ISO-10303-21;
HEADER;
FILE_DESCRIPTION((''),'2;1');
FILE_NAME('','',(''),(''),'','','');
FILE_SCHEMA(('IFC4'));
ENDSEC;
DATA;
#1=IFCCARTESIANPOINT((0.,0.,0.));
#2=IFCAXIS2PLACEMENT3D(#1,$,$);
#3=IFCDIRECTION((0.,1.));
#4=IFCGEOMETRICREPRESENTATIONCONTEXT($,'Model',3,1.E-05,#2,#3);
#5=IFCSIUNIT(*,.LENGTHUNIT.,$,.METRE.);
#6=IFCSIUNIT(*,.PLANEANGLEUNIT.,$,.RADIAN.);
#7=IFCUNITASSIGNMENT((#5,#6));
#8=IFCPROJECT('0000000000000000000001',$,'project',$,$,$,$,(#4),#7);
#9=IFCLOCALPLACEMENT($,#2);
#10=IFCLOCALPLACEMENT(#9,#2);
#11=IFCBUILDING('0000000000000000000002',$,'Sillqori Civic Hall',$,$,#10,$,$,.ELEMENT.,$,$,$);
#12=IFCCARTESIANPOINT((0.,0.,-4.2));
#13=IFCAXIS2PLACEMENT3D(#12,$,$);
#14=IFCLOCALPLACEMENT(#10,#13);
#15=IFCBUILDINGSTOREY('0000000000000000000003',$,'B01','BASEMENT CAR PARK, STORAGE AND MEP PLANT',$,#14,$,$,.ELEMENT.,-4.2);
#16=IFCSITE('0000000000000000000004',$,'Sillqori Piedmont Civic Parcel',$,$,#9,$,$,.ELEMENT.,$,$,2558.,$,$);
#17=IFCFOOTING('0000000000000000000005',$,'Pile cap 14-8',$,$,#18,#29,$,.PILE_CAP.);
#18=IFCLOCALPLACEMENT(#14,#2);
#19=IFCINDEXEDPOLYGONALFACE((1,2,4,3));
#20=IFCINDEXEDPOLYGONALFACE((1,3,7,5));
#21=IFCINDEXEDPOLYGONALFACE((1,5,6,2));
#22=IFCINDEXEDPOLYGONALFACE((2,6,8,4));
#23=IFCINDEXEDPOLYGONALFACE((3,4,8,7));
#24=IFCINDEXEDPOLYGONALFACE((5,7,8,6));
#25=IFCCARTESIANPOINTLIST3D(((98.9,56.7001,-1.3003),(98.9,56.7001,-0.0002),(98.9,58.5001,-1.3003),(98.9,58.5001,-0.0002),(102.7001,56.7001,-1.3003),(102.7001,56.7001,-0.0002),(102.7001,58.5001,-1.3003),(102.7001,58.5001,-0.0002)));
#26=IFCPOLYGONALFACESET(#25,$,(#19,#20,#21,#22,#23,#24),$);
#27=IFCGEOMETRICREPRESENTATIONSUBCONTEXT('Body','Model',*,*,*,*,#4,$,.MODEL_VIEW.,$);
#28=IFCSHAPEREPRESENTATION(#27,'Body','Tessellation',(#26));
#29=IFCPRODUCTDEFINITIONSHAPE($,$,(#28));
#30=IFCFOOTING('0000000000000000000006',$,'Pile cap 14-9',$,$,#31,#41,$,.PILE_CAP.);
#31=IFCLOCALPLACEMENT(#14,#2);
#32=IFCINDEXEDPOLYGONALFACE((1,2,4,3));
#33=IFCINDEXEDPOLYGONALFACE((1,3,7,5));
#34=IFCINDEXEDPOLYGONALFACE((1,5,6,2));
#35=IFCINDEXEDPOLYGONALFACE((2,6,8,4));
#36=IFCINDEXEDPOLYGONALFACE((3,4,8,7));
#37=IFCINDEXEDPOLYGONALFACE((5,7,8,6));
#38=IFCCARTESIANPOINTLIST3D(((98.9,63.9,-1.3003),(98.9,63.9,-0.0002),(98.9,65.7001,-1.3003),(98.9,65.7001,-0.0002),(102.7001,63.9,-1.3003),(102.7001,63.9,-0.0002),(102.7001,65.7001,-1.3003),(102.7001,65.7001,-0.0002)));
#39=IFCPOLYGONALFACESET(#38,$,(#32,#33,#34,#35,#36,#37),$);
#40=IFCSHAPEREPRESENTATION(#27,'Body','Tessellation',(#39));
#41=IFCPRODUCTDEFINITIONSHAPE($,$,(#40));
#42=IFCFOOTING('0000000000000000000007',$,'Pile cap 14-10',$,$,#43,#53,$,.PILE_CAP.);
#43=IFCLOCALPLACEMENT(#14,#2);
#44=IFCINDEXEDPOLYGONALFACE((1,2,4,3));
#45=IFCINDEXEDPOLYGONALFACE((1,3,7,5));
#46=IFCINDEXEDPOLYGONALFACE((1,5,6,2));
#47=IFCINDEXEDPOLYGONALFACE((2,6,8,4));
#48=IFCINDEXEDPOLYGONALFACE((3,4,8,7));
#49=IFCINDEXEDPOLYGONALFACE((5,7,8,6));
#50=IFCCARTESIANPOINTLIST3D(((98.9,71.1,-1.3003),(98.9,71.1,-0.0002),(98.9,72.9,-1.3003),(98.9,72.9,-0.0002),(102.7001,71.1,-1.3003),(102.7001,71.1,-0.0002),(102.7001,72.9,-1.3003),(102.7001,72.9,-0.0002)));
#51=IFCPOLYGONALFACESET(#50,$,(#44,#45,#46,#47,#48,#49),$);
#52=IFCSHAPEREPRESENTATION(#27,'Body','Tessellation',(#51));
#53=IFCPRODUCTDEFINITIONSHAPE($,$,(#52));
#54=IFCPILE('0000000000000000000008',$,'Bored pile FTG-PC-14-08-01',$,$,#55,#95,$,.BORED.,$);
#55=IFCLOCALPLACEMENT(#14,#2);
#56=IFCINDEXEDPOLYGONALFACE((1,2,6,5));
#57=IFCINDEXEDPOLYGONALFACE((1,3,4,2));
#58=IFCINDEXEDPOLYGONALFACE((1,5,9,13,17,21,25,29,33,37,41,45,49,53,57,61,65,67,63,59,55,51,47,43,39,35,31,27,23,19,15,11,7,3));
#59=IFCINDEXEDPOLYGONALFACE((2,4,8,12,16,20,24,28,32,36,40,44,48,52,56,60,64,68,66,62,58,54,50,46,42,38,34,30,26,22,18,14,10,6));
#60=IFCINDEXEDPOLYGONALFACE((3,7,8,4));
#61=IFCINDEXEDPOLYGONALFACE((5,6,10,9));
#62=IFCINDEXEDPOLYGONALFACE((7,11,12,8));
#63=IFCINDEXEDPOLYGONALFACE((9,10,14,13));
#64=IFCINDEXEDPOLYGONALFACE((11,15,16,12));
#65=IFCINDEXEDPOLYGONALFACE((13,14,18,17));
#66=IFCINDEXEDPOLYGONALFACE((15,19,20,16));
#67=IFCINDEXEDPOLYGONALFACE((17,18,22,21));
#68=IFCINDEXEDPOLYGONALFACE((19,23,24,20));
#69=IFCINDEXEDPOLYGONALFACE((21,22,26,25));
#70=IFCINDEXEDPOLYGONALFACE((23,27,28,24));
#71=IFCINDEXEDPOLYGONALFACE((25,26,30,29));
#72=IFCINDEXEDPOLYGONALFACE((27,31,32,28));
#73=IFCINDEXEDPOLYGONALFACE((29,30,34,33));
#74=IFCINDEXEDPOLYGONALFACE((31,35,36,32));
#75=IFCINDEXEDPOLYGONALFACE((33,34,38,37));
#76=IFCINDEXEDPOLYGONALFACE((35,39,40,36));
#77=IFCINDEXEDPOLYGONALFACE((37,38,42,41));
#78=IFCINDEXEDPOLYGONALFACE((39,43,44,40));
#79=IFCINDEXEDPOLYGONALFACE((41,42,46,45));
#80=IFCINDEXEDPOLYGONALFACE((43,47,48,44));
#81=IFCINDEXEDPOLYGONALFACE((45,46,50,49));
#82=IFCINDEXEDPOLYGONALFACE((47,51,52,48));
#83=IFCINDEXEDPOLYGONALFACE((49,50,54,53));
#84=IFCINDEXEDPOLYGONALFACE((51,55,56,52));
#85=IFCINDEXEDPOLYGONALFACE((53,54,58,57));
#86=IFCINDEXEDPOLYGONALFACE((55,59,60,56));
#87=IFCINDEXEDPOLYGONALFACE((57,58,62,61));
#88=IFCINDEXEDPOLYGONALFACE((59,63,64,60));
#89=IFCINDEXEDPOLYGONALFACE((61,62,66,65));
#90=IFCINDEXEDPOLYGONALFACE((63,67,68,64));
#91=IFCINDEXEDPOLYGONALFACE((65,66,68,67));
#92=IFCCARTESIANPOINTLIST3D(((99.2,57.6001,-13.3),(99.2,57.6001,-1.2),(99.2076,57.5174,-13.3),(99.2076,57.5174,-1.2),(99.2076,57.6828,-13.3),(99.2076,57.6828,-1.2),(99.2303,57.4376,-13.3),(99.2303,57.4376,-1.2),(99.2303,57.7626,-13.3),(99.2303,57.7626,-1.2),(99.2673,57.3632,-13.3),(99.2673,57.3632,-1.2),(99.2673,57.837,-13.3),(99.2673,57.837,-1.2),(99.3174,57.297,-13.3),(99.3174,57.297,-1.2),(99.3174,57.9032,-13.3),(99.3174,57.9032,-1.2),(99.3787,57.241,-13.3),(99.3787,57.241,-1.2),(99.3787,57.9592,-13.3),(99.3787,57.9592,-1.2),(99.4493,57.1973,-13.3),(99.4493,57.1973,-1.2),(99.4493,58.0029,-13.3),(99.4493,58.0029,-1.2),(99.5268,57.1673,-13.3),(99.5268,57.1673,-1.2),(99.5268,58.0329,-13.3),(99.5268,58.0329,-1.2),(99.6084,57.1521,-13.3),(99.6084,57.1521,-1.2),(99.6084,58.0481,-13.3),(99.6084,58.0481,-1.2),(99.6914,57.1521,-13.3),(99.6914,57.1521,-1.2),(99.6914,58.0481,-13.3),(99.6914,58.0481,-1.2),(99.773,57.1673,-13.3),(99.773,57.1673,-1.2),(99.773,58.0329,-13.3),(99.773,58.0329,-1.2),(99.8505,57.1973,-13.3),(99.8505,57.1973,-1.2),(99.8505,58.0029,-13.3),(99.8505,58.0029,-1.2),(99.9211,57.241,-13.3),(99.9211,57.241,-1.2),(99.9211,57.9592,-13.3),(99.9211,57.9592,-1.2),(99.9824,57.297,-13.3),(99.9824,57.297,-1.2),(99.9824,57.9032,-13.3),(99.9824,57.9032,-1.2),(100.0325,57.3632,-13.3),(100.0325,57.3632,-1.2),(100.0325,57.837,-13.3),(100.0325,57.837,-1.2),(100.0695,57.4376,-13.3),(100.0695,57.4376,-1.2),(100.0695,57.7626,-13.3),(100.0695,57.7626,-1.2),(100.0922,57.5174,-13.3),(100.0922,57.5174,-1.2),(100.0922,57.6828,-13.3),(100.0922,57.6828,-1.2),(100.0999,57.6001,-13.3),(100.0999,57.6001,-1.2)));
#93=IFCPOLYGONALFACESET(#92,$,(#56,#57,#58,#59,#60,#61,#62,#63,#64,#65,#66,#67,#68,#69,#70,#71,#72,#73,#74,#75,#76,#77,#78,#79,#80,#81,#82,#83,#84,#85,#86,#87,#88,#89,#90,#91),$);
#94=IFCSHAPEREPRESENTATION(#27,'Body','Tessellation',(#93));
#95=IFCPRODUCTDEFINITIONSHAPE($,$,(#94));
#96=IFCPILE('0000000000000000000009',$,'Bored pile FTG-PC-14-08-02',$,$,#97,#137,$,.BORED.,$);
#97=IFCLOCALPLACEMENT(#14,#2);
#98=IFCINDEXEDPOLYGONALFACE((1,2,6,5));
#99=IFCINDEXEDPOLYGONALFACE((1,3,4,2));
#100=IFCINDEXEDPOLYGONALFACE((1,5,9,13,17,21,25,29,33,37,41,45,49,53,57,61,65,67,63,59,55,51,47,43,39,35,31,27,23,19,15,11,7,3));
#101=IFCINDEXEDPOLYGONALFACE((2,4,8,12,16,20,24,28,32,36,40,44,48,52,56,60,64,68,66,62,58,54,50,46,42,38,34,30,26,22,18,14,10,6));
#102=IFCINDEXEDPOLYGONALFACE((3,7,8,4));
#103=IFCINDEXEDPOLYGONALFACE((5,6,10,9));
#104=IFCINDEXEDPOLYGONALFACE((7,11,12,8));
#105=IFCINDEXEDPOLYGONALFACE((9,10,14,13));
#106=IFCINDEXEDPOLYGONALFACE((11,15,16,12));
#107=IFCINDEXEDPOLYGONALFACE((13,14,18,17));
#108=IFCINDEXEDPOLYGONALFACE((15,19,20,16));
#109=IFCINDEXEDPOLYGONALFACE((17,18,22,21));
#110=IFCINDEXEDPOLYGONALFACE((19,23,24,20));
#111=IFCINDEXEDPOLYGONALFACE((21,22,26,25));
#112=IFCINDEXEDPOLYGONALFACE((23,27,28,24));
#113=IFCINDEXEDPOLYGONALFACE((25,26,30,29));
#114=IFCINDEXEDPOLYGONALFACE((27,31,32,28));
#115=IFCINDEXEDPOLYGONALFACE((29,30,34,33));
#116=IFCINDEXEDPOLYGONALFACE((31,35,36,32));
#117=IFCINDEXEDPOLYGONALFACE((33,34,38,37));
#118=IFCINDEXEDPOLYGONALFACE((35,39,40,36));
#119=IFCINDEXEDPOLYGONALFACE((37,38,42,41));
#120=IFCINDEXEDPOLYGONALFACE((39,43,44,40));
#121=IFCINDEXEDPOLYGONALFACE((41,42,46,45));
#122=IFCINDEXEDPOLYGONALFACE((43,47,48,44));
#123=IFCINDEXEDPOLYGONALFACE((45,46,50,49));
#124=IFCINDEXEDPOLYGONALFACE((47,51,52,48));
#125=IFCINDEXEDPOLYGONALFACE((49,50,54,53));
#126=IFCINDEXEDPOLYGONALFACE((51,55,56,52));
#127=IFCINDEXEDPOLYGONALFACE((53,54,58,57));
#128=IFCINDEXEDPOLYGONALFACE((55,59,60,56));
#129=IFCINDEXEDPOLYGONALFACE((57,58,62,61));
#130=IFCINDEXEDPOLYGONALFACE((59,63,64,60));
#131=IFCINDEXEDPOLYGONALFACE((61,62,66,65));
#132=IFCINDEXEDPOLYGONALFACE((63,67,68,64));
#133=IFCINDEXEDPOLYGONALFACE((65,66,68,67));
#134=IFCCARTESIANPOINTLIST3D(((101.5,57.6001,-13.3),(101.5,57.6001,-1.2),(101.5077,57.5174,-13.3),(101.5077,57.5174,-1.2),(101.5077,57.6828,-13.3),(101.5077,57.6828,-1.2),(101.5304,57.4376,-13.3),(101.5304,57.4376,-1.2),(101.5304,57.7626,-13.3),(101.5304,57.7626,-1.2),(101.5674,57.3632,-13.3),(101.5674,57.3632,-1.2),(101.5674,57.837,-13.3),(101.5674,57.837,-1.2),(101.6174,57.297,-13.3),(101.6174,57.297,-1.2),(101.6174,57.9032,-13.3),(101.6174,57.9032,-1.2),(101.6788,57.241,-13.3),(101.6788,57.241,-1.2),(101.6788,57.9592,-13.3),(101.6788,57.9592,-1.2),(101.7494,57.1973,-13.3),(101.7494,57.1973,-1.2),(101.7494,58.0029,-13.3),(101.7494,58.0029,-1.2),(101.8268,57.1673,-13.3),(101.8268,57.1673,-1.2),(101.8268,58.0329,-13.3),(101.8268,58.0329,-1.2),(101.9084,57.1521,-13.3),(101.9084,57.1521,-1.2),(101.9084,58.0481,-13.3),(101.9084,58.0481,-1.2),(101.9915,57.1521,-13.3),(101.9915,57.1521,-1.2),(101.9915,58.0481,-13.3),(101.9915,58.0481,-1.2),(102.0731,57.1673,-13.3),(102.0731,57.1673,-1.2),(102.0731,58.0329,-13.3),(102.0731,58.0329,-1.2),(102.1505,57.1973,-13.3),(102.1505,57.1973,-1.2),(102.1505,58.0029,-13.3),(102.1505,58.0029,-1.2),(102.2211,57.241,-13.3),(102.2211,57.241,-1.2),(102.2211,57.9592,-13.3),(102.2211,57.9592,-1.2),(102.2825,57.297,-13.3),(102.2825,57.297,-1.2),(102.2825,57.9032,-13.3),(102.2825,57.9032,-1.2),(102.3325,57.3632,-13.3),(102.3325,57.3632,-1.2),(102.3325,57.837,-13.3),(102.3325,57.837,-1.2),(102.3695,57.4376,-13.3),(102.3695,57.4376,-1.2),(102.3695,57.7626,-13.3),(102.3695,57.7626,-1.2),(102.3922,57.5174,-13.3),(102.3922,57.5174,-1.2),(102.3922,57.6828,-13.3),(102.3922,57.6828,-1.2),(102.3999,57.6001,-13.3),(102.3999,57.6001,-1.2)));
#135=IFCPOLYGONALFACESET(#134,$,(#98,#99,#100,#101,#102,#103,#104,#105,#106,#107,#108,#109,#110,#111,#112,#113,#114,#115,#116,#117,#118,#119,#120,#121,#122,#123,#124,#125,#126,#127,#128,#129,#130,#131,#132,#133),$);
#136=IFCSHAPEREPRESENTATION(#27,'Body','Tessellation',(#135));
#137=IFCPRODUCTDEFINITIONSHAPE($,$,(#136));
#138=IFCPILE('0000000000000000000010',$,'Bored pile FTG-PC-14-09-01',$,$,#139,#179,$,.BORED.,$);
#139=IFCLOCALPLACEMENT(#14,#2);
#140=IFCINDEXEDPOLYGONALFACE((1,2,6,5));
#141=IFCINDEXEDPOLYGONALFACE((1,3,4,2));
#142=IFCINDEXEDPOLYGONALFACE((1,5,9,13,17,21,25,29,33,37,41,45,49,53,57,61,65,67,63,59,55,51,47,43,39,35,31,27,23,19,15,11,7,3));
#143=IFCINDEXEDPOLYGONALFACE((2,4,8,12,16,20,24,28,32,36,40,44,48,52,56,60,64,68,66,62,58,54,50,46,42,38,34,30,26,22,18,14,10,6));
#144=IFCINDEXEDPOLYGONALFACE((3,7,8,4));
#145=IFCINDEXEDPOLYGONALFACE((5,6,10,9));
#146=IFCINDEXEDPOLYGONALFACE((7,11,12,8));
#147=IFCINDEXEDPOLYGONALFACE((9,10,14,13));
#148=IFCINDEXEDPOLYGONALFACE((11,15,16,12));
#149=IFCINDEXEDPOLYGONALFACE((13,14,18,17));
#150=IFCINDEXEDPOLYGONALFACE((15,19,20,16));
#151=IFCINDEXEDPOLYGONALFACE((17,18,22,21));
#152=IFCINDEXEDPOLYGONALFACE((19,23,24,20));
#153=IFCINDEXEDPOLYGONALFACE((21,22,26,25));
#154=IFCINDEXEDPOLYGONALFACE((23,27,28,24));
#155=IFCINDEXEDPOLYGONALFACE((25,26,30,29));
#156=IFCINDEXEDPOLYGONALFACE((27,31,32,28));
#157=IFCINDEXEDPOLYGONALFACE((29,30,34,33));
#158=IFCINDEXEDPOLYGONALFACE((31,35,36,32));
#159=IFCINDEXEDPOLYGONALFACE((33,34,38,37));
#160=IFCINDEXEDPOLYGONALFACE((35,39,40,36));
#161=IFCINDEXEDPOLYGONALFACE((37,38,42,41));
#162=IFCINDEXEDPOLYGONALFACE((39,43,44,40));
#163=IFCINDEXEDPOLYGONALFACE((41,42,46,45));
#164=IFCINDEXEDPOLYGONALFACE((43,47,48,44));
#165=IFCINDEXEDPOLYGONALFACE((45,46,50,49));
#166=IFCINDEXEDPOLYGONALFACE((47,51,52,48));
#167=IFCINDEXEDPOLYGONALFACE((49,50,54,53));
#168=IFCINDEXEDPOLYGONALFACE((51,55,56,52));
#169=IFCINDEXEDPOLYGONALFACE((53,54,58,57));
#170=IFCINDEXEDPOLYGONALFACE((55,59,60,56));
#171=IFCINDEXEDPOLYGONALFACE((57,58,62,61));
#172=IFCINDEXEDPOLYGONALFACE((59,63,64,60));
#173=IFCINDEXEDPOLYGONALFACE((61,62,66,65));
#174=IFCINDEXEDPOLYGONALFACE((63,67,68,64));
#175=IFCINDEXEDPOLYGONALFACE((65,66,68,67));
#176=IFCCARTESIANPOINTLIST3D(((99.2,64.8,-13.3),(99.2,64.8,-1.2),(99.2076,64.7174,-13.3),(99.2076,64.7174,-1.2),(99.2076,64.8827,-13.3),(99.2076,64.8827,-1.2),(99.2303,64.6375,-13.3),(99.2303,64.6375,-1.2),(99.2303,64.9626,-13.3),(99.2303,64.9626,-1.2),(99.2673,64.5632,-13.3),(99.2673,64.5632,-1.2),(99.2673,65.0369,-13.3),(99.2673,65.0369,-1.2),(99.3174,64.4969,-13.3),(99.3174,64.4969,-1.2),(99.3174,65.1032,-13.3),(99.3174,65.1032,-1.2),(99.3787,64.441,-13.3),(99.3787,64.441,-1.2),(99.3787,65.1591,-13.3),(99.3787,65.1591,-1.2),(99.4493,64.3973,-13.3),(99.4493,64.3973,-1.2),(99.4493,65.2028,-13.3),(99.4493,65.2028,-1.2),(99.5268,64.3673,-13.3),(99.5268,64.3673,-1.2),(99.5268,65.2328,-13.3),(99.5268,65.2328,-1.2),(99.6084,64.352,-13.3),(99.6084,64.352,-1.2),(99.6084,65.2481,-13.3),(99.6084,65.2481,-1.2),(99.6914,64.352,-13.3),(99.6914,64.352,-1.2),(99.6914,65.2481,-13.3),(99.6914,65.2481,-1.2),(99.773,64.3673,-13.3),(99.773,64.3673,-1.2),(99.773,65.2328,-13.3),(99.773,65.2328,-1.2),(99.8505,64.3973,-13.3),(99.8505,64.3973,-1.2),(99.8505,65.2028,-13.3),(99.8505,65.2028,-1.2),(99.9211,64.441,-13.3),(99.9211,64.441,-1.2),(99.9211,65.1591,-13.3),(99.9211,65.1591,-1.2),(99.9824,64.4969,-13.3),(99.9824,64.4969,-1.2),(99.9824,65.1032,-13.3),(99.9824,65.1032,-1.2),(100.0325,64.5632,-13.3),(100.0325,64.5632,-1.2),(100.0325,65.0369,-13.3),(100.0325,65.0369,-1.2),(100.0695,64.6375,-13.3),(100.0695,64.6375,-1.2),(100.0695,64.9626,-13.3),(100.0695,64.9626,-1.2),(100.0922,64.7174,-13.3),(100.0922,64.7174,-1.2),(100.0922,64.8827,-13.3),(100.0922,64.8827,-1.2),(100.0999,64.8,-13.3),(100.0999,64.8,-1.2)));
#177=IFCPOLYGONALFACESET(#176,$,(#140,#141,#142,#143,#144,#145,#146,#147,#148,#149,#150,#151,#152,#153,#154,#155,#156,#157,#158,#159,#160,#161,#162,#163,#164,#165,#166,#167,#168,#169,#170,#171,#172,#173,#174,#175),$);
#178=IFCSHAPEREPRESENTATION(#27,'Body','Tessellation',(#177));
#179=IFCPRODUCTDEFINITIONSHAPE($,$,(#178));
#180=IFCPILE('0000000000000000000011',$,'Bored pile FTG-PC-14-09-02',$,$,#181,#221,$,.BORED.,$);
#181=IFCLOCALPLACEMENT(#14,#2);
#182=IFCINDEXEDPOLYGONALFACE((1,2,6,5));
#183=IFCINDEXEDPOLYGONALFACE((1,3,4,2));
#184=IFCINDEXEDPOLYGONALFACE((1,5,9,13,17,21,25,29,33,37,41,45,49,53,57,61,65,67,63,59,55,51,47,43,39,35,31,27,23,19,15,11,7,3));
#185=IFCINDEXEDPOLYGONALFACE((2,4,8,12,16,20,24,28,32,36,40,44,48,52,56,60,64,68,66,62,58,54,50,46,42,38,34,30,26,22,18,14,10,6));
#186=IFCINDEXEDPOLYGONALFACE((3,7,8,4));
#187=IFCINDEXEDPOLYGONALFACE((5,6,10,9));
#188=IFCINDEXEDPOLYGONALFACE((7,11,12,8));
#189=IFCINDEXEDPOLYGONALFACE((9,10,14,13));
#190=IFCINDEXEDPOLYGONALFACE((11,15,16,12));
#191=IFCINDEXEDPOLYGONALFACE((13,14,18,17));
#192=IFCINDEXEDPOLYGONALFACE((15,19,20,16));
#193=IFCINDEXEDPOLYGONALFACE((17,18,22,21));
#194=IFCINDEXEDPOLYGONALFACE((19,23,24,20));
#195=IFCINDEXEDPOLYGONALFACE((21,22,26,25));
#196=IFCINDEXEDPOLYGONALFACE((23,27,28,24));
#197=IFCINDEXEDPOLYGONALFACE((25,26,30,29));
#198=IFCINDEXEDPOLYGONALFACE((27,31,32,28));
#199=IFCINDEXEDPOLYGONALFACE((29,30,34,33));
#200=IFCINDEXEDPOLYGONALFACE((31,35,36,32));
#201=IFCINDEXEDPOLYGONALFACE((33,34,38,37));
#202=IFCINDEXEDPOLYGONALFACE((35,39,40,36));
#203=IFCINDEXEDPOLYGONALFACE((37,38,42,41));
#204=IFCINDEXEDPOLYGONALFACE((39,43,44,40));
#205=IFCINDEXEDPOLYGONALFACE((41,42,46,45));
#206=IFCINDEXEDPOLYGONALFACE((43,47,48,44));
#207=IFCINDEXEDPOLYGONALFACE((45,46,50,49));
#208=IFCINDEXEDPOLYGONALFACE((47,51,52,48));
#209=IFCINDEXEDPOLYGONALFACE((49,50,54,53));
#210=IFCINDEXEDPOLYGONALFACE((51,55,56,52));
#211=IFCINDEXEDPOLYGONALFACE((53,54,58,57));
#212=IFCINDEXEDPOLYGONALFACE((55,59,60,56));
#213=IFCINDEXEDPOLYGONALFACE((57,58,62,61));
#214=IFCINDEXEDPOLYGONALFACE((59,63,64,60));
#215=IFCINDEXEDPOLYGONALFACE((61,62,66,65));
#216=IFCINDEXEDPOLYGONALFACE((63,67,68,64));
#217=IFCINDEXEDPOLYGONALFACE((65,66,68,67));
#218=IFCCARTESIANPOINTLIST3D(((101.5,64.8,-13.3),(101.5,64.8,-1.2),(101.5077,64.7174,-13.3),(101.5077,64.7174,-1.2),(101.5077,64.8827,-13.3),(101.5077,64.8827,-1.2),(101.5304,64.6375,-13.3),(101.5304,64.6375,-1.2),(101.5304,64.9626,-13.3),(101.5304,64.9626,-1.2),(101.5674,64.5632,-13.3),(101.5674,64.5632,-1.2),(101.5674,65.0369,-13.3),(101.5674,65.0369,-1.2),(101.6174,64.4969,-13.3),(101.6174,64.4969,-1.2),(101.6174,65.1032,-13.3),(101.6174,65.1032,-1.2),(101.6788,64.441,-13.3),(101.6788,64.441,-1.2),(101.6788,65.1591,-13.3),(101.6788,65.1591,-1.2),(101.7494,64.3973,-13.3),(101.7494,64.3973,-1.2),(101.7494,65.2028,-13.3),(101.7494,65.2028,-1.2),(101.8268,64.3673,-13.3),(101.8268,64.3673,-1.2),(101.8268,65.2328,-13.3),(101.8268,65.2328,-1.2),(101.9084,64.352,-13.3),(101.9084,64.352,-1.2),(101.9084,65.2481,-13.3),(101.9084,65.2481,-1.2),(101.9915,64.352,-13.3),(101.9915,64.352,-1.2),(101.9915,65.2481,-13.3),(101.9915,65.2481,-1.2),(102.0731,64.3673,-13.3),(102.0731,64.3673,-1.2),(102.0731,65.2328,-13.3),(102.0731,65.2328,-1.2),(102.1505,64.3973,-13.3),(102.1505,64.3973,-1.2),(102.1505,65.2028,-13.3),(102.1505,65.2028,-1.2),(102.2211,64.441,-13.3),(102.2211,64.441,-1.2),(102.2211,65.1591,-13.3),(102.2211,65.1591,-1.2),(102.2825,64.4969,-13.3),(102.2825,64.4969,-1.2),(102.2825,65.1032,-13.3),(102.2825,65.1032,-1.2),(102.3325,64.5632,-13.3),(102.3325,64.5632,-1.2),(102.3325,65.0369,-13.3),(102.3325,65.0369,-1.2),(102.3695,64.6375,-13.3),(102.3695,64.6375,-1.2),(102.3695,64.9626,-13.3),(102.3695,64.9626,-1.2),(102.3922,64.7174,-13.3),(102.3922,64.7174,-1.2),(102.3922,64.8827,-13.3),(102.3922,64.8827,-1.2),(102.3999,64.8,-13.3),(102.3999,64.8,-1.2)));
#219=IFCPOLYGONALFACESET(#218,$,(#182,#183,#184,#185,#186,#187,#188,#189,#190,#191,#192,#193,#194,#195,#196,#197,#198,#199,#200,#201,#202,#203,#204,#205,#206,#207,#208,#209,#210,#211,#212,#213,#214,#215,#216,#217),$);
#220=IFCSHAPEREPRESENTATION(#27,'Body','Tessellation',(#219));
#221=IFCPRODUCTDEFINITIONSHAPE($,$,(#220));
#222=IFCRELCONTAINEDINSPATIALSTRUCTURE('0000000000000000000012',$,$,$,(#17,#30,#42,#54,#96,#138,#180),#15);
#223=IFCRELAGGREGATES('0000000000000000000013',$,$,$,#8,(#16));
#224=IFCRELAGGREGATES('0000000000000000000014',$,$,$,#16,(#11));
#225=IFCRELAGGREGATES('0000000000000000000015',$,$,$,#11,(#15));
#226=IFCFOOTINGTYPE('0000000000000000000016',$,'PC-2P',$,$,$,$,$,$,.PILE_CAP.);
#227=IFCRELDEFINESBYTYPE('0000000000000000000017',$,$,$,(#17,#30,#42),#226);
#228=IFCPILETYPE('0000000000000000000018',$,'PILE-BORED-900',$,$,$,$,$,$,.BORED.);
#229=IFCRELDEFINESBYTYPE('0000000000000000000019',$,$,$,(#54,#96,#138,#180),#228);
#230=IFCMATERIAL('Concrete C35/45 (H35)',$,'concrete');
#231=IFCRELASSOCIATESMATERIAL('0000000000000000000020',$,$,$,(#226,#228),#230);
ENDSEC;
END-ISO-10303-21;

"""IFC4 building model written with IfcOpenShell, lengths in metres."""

from ifc_helpers import new_model, si_unit, direction, frame, origin, origin_2d, place, context, subcontext, project, spatial, rectangle, circle, extrude, material, material_profile, profile_set, type_object, element, save


model = new_model("IFC4")

# Units and contexts
model_context = context("Model", 3, precision=1e-05, world=origin(), true_north=direction((0.0, 1.0)))
body_context = subcontext(model_context, "Body", "Model", "MODEL_VIEW")
ifc_project = project(units=[si_unit("LENGTHUNIT", "METRE"), si_unit("PLANEANGLEUNIT", "RADIAN")], contexts=[model_context])

# Site, building, storey
site_placement = place(None, origin())
site = spatial("IfcSite", under=ifc_project, at=site_placement, Name="Sillqori Piedmont Civic Parcel", CompositionType="ELEMENT", RefElevation=2558.0)
building_placement = place(site_placement, origin())
building = spatial("IfcBuilding", under=site, at=building_placement, Name="Sillqori Civic Hall", CompositionType="ELEMENT")
storey_placement = place(building_placement, frame((0.0, 0.0, -4.2)))
storey = spatial("IfcBuildingStorey", under=building, at=storey_placement, Name="B01", Description="BASEMENT CAR PARK, STORAGE AND MEP PLANT", CompositionType="ELEMENT", Elevation=-4.2)

# Footings
ifc_material_1 = material(Name="Concrete C35/45 (H35)", Category="concrete")
footing_type_1 = type_object("IfcFootingType", Name="PC-2P", PredefinedType="PILE_CAP", material=ifc_material_1)
for number, where, z_axis, x_axis, name in (
    (1, (100.8, 57.6001, -1.3003), (0.0, 0.0, 1.0), (1.0, 0.0, 0.0), "Pile cap 14-8"),
    (2, (100.8, 64.8, -1.3003), (0.0, 0.0, 1.0), (1.0, 0.0, 0.0), "Pile cap 14-9"),
    (3, (100.8, 72.0, -1.3003), (0.0, 0.0, 1.0), (1.0, 0.0, 0.0), "Pile cap 14-10"),
):
    element("IfcFooting", number, at=place(storey_placement, frame(where, z_axis=z_axis, x_axis=x_axis)), inside=storey, type_object=footing_type_1, Name=name, PredefinedType="PILE_CAP", context=body_context, shape_type="SweptSolid", body=[
        extrude(rectangle(XDim=3.8, YDim=1.8, at=origin_2d()), origin(), (0.0, 0.0, 1.0), 1.3),
    ])

# Piles
ifc_material_profile_1 = material_profile(ifc_material_1, circle(Radius=0.45, at=origin_2d()), Name="BORED PILE 900")
ifc_profile_set_1 = profile_set([ifc_material_profile_1], Name="Concrete C35/45 (H35)")
pile_type = type_object("IfcPileType", Name="PILE-BORED-900", PredefinedType="BORED", material=ifc_profile_set_1)
for number, where, z_axis, x_axis, name in (
    (4, (99.6499, 57.6001, -1.2), (0.0, 0.0, -1.0), (1.0, 0.0, 0.0), "Bored pile FTG-PC-14-08-01"),
    (5, (101.95, 57.6001, -1.2), (0.0, 0.0, -1.0), (1.0, 0.0, 0.0), "Bored pile FTG-PC-14-08-02"),
    (6, (99.6499, 64.8, -1.2), (0.0, 0.0, -1.0), (1.0, 0.0, 0.0), "Bored pile FTG-PC-14-09-01"),
    (7, (101.95, 64.8, -1.2), (0.0, 0.0, -1.0), (1.0, 0.0, 0.0), "Bored pile FTG-PC-14-09-02"),
):
    element("IfcPile", number, at=place(storey_placement, frame(where, z_axis=z_axis, x_axis=x_axis)), inside=storey, type_object=pile_type, Name=name, PredefinedType="BORED", context=body_context, shape_type="SweptSolid", body=[
        extrude(circle(Radius=0.45, at=origin_2d()), origin(), (0.0, 0.0, 1.0), 12.1001),
    ])

save(model, "model.ifc")
